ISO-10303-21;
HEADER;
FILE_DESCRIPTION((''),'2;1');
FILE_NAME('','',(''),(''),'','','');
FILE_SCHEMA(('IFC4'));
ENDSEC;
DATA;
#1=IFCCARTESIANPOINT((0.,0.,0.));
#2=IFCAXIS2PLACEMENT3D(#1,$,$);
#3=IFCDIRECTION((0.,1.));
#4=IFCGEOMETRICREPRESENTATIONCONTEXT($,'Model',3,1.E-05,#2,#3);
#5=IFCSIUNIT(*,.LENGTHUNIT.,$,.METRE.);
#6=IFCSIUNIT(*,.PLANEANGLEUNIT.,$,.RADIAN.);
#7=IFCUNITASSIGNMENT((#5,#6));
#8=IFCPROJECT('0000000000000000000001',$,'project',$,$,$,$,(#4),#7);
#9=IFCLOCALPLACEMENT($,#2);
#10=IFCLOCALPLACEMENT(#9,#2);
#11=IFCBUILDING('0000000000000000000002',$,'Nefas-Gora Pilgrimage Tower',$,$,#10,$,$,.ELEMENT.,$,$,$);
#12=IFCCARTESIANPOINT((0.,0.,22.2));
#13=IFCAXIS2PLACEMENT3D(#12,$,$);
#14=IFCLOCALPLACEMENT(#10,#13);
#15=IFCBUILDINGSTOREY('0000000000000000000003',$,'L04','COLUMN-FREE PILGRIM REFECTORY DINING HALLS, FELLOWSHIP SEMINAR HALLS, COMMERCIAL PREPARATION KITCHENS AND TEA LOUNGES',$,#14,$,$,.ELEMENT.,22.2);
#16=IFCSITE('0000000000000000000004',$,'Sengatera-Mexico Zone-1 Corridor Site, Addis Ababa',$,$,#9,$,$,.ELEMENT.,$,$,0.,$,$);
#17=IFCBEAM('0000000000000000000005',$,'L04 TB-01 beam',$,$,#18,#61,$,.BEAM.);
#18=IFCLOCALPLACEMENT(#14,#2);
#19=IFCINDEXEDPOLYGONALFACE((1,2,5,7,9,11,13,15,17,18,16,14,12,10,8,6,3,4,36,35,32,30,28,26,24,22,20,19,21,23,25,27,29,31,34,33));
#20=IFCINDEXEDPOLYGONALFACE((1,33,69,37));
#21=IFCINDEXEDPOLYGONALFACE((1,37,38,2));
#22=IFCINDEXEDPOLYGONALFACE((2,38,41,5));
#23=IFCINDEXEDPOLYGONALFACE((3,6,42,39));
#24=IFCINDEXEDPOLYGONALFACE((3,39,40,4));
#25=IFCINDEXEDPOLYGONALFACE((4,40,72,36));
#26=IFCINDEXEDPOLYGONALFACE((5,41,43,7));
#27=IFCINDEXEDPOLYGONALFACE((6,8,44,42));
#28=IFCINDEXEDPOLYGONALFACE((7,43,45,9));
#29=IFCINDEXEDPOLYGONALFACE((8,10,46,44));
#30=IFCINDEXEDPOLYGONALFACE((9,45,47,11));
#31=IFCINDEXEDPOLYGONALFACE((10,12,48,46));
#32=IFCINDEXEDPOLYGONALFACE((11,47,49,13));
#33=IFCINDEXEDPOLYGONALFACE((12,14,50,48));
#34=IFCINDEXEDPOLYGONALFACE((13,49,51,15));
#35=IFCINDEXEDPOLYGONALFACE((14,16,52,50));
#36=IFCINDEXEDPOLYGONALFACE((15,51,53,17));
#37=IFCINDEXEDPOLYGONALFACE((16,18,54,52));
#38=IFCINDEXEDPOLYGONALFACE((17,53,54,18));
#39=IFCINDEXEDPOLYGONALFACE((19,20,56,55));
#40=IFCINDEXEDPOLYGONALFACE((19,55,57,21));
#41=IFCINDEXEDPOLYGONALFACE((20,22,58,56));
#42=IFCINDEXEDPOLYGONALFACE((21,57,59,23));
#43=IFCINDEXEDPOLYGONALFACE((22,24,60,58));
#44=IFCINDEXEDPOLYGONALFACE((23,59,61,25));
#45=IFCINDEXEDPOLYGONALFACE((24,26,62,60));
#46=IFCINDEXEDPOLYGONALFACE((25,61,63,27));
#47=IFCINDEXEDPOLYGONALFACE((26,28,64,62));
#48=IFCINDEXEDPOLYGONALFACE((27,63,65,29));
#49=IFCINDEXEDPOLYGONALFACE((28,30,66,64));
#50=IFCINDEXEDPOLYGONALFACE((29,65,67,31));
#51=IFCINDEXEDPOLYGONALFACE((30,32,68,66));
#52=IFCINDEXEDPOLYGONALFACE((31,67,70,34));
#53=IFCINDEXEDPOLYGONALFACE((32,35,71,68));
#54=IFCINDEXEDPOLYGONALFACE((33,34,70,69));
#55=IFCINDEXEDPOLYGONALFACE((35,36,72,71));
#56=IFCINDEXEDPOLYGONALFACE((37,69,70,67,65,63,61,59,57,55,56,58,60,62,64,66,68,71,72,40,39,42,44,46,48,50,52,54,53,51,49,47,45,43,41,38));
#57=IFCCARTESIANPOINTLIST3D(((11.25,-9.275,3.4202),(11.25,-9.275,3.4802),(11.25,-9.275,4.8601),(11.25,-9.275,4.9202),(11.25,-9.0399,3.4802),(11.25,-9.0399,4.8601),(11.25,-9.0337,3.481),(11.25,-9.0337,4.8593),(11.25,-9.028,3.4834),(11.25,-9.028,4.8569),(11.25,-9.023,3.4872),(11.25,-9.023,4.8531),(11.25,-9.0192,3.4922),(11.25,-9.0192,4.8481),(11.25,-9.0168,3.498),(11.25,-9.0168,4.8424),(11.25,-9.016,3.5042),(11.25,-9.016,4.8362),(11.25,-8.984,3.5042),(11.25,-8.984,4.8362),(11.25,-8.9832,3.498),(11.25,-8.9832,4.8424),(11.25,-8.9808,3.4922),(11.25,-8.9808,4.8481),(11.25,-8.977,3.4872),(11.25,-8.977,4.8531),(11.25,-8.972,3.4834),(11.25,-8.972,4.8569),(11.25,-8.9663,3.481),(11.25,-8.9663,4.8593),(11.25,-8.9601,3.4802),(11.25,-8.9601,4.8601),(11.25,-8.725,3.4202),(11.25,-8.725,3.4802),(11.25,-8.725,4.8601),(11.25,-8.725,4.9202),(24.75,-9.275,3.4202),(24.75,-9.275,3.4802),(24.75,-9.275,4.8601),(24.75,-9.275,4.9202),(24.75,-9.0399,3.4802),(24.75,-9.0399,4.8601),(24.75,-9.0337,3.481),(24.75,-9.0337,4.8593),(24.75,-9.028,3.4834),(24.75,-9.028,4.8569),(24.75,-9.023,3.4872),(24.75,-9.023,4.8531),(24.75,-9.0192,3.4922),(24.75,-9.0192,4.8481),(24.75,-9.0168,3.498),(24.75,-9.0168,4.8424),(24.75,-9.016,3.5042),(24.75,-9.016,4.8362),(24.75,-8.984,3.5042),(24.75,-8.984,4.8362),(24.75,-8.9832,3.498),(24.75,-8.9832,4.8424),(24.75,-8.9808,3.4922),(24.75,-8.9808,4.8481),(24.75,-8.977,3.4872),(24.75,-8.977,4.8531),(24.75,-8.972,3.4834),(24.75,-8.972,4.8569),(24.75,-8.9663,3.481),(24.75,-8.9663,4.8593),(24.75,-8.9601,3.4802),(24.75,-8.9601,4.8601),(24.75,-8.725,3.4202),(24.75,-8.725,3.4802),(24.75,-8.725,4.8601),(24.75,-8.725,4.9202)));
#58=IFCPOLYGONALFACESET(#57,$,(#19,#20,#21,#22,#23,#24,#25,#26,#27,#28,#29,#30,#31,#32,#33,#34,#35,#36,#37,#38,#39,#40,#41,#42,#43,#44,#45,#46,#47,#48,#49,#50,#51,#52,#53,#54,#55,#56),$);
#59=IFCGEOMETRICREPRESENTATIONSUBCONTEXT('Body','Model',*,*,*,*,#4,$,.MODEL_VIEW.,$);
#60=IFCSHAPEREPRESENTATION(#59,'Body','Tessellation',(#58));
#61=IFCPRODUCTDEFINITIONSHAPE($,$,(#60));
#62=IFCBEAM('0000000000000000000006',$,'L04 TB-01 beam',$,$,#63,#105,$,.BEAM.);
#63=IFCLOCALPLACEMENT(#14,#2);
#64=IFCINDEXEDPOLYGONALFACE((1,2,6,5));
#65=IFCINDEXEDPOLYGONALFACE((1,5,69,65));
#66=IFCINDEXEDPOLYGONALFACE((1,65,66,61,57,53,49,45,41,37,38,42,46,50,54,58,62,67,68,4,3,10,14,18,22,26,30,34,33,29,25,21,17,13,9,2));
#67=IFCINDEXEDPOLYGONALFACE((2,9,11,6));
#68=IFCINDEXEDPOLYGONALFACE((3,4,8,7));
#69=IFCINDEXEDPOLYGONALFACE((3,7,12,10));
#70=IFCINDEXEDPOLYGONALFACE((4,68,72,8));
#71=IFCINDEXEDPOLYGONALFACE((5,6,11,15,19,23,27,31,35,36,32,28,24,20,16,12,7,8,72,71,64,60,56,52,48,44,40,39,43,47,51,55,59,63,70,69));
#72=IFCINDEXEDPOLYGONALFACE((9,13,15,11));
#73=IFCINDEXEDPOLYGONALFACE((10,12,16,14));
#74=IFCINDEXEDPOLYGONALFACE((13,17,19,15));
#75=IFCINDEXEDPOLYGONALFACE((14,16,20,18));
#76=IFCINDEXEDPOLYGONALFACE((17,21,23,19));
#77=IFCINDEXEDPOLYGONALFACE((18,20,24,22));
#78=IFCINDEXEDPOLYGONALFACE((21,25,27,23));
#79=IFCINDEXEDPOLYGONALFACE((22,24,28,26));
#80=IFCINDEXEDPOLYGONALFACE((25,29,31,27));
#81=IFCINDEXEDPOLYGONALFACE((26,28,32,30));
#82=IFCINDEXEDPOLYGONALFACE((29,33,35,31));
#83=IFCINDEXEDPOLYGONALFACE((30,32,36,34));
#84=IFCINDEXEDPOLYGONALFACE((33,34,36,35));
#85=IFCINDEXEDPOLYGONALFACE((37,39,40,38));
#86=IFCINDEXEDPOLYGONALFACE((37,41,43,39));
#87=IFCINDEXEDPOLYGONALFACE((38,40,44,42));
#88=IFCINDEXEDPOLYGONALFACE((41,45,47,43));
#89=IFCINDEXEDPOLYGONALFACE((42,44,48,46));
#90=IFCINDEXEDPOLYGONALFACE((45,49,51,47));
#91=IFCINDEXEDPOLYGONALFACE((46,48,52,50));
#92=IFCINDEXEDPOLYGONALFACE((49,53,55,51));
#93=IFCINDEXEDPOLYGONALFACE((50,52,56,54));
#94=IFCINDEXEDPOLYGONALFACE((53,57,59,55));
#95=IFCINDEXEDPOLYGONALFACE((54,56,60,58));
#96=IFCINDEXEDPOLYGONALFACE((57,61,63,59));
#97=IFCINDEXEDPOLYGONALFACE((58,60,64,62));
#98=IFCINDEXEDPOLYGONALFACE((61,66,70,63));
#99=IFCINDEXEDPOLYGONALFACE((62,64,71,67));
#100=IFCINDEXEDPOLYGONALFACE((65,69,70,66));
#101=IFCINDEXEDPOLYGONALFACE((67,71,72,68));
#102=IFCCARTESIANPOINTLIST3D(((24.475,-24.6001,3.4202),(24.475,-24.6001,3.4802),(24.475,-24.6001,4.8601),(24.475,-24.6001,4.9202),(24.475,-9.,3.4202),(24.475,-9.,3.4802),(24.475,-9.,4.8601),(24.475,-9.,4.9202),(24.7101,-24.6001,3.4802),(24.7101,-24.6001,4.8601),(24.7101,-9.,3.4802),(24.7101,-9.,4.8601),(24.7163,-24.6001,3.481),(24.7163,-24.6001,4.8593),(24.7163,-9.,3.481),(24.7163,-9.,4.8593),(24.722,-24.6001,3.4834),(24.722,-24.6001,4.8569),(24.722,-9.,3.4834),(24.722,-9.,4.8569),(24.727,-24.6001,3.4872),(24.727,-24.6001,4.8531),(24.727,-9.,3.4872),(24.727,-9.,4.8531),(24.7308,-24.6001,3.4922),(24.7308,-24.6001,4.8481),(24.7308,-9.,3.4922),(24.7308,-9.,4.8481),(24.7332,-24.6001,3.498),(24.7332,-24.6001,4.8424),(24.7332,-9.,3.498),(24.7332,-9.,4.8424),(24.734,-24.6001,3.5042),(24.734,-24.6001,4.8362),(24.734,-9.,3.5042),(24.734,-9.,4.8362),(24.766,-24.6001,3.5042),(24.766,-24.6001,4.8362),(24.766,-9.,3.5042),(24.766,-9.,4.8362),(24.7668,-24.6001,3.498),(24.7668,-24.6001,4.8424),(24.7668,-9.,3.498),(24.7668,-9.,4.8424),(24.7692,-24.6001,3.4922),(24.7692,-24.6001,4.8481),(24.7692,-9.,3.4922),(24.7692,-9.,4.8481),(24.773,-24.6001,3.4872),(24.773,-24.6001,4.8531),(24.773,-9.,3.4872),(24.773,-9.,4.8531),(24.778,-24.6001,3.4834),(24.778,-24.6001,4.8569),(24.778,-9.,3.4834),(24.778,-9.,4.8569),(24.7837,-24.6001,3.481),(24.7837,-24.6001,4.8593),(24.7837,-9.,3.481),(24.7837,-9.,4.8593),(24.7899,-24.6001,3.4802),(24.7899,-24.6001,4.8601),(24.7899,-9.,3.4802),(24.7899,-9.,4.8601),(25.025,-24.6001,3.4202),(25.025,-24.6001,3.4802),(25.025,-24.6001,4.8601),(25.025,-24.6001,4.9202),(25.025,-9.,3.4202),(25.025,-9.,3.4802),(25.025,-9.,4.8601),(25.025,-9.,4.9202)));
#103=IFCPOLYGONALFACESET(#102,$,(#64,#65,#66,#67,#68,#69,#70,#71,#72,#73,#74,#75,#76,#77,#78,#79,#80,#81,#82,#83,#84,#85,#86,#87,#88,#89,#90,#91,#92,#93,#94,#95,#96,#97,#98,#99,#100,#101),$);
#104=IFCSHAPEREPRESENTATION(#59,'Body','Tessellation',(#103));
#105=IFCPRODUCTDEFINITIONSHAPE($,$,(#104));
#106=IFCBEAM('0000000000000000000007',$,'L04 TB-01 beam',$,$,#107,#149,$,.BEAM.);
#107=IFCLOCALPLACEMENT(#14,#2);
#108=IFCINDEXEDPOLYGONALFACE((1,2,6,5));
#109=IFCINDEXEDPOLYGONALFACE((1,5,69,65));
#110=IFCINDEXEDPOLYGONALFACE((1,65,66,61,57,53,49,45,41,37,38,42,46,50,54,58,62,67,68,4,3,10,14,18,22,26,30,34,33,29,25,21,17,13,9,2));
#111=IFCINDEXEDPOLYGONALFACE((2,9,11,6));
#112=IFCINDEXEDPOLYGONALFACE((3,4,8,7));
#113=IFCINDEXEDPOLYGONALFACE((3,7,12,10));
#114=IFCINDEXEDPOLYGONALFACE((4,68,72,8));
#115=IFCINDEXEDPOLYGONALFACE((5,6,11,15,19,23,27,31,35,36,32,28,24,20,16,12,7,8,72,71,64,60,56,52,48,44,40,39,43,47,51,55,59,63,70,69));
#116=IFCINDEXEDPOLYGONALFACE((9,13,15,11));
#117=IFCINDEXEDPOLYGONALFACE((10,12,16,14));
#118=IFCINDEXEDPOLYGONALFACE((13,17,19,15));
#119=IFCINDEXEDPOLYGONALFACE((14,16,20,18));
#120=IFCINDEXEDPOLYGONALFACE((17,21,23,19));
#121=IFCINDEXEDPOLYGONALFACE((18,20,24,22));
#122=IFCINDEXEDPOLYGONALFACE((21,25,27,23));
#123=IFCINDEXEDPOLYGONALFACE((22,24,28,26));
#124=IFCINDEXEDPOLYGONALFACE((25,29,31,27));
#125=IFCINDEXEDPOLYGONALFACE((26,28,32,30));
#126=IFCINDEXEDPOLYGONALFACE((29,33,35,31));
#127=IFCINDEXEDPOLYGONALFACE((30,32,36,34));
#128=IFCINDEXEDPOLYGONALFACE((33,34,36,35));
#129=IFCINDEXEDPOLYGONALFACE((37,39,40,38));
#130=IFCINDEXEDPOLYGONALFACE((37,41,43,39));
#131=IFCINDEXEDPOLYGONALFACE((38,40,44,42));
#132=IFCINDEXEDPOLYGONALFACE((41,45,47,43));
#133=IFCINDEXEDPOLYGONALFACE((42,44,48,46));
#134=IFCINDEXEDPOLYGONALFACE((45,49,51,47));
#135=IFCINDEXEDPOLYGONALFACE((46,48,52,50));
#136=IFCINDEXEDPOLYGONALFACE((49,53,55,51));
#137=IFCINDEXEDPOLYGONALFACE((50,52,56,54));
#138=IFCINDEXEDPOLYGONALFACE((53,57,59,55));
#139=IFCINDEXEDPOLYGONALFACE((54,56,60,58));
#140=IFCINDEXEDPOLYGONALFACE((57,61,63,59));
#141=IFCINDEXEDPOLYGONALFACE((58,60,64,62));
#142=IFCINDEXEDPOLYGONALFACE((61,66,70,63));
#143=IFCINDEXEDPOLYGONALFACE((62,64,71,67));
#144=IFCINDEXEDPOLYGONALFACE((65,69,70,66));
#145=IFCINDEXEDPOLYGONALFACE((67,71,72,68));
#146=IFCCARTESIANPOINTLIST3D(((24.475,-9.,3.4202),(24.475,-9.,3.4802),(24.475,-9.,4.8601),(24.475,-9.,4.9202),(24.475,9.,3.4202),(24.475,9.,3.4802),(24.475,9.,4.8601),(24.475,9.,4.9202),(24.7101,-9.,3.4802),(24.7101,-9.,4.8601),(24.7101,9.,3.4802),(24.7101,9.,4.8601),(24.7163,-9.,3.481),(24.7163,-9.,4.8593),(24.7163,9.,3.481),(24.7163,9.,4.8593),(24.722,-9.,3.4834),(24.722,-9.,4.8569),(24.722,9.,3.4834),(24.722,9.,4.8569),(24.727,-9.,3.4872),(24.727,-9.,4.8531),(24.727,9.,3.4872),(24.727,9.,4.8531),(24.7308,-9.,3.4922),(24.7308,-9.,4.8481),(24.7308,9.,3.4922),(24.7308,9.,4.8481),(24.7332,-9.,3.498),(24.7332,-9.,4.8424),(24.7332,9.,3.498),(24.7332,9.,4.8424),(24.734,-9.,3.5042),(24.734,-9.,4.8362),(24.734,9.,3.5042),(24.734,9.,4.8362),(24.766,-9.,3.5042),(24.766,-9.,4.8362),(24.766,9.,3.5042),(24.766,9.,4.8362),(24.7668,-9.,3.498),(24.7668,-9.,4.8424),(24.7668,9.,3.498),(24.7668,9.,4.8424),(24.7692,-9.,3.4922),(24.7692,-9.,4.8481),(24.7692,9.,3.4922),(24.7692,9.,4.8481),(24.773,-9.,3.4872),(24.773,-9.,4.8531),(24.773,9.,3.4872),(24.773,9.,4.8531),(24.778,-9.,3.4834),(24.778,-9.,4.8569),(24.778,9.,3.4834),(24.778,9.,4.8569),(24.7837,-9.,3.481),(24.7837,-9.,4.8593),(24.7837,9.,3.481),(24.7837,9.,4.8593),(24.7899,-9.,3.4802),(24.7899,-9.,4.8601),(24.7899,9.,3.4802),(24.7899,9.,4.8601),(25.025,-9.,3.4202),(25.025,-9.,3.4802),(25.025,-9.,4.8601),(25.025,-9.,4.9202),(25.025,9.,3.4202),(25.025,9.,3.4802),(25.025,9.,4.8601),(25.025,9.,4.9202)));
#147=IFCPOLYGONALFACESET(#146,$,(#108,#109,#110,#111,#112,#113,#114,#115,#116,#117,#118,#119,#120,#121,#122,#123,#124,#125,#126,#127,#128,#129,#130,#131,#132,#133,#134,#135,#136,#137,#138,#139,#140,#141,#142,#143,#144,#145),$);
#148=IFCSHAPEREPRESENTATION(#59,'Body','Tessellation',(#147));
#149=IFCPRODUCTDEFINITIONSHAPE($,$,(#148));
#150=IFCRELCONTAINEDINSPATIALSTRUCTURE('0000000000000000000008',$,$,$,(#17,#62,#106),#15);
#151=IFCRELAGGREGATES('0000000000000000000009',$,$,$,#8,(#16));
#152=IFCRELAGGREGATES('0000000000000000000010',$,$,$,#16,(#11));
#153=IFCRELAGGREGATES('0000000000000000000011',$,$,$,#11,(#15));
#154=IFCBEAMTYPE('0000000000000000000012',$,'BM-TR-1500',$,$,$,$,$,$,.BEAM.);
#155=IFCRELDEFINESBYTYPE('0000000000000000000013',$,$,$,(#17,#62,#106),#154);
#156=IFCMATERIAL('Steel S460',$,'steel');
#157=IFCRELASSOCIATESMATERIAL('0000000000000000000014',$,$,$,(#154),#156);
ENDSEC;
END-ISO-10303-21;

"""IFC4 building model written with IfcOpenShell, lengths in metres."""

from ifc_helpers import new_model, si_unit, direction, frame, origin, origin_2d, place, context, subcontext, project, spatial, i_section, extrude, source, transform, mapped, material, material_profile, profile_set, type_object, element, save


model = new_model("IFC4")

# Units and contexts
model_context = context("Model", 3, precision=1e-05, world=origin(), true_north=direction((0.0, 1.0)))
body_context = subcontext(model_context, "Body", "Model", "MODEL_VIEW")
ifc_project = project(units=[si_unit("LENGTHUNIT", "METRE"), si_unit("PLANEANGLEUNIT", "RADIAN")], contexts=[model_context])

# Site, building, storey
site_placement = place(None, origin())
site = spatial("IfcSite", under=ifc_project, at=site_placement, Name="Sengatera-Mexico Zone-1 Corridor Site, Addis Ababa", CompositionType="ELEMENT", RefElevation=0.0)
building_placement = place(site_placement, origin())
building = spatial("IfcBuilding", under=site, at=building_placement, Name="Nefas-Gora Pilgrimage Tower", CompositionType="ELEMENT")
storey_placement = place(building_placement, frame((0.0, 0.0, 22.2)))
storey = spatial("IfcBuildingStorey", under=building, at=storey_placement, Name="L04", Description="COLUMN-FREE PILGRIM REFECTORY DINING HALLS, FELLOWSHIP SEMINAR HALLS, COMMERCIAL PREPARATION KITCHENS AND TEA LOUNGES", CompositionType="ELEMENT", Elevation=22.2)

# Shared definitions
ifc_material_1 = material(Name="Steel S460", Category="steel")

# Beams
ifc_material_profile_1 = material_profile(ifc_material_1, i_section(OverallWidth=0.55, OverallDepth=1.5, WebThickness=0.032, FlangeThickness=0.0601, FilletRadius=0.0239, at=origin_2d()), Name="WPG 1500x550x32x60")
ifc_profile_set_1 = profile_set([ifc_material_profile_1], Name="Steel S460")
beam_type_1 = type_object("IfcBeamType", Name="BM-TR-1500", PredefinedType="BEAM", material=ifc_profile_set_1)
shared_shape_1 = source(origin(), body_context, "Body", "SweptSolid", [
    extrude(i_section(OverallWidth=0.55, OverallDepth=1.5, WebThickness=0.032, FlangeThickness=0.0601, FilletRadius=0.0239, at=origin_2d()), origin(), (0.0, 0.0, 1.0), 13.5),
])
beam_1_placement = place(storey_placement, frame((11.25, -9.0, 4.1702), z_axis=(1.0, 0.0, 0.0), x_axis=(0.0, 1.0, 0.0)))
element("IfcBeam", 1, at=beam_1_placement, inside=storey, type_object=beam_type_1, Name="L04 TB-01 beam", PredefinedType="BEAM", context=body_context, shape_type="MappedRepresentation", body=[
    mapped(shared_shape_1, transform((0.0, 0.0, 0.0), x_axis=(1.0, 0.0, 0.0), y_axis=(0.0, 1.0, 0.0), z_axis=(0.0, 0.0, 1.0), scale=1.0)),
])
shared_shape_2 = source(origin(), body_context, "Body", "SweptSolid", [
    extrude(i_section(OverallWidth=0.55, OverallDepth=1.5, WebThickness=0.032, FlangeThickness=0.0601, FilletRadius=0.0239, at=origin_2d()), origin(), (0.0, 0.0, 1.0), 15.6001),
])
beam_2_placement = place(storey_placement, frame((24.75, -24.6001, 4.1702), z_axis=(0.0, 1.0, 0.0), x_axis=(-1.0, 0.0, 0.0)))
element("IfcBeam", 2, at=beam_2_placement, inside=storey, type_object=beam_type_1, Name="L04 TB-01 beam", PredefinedType="BEAM", context=body_context, shape_type="MappedRepresentation", body=[
    mapped(shared_shape_2, transform((0.0, 0.0, 0.0), x_axis=(1.0, 0.0, 0.0), y_axis=(0.0, 1.0, 0.0), z_axis=(0.0, 0.0, 1.0), scale=1.0)),
])
shared_shape_3 = source(origin(), body_context, "Body", "SweptSolid", [
    extrude(i_section(OverallWidth=0.55, OverallDepth=1.5, WebThickness=0.032, FlangeThickness=0.0601, FilletRadius=0.0239, at=origin_2d()), origin(), (0.0, 0.0, 1.0), 18.0),
])
beam_3_placement = place(storey_placement, frame((24.75, -9.0, 4.1702), z_axis=(0.0, 1.0, 0.0), x_axis=(-1.0, 0.0, 0.0)))
element("IfcBeam", 3, at=beam_3_placement, inside=storey, type_object=beam_type_1, Name="L04 TB-01 beam", PredefinedType="BEAM", context=body_context, shape_type="MappedRepresentation", body=[
    mapped(shared_shape_3, transform((0.0, 0.0, 0.0), x_axis=(1.0, 0.0, 0.0), y_axis=(0.0, 1.0, 0.0), z_axis=(0.0, 0.0, 1.0), scale=1.0)),
])

save(model, "model.ifc")
